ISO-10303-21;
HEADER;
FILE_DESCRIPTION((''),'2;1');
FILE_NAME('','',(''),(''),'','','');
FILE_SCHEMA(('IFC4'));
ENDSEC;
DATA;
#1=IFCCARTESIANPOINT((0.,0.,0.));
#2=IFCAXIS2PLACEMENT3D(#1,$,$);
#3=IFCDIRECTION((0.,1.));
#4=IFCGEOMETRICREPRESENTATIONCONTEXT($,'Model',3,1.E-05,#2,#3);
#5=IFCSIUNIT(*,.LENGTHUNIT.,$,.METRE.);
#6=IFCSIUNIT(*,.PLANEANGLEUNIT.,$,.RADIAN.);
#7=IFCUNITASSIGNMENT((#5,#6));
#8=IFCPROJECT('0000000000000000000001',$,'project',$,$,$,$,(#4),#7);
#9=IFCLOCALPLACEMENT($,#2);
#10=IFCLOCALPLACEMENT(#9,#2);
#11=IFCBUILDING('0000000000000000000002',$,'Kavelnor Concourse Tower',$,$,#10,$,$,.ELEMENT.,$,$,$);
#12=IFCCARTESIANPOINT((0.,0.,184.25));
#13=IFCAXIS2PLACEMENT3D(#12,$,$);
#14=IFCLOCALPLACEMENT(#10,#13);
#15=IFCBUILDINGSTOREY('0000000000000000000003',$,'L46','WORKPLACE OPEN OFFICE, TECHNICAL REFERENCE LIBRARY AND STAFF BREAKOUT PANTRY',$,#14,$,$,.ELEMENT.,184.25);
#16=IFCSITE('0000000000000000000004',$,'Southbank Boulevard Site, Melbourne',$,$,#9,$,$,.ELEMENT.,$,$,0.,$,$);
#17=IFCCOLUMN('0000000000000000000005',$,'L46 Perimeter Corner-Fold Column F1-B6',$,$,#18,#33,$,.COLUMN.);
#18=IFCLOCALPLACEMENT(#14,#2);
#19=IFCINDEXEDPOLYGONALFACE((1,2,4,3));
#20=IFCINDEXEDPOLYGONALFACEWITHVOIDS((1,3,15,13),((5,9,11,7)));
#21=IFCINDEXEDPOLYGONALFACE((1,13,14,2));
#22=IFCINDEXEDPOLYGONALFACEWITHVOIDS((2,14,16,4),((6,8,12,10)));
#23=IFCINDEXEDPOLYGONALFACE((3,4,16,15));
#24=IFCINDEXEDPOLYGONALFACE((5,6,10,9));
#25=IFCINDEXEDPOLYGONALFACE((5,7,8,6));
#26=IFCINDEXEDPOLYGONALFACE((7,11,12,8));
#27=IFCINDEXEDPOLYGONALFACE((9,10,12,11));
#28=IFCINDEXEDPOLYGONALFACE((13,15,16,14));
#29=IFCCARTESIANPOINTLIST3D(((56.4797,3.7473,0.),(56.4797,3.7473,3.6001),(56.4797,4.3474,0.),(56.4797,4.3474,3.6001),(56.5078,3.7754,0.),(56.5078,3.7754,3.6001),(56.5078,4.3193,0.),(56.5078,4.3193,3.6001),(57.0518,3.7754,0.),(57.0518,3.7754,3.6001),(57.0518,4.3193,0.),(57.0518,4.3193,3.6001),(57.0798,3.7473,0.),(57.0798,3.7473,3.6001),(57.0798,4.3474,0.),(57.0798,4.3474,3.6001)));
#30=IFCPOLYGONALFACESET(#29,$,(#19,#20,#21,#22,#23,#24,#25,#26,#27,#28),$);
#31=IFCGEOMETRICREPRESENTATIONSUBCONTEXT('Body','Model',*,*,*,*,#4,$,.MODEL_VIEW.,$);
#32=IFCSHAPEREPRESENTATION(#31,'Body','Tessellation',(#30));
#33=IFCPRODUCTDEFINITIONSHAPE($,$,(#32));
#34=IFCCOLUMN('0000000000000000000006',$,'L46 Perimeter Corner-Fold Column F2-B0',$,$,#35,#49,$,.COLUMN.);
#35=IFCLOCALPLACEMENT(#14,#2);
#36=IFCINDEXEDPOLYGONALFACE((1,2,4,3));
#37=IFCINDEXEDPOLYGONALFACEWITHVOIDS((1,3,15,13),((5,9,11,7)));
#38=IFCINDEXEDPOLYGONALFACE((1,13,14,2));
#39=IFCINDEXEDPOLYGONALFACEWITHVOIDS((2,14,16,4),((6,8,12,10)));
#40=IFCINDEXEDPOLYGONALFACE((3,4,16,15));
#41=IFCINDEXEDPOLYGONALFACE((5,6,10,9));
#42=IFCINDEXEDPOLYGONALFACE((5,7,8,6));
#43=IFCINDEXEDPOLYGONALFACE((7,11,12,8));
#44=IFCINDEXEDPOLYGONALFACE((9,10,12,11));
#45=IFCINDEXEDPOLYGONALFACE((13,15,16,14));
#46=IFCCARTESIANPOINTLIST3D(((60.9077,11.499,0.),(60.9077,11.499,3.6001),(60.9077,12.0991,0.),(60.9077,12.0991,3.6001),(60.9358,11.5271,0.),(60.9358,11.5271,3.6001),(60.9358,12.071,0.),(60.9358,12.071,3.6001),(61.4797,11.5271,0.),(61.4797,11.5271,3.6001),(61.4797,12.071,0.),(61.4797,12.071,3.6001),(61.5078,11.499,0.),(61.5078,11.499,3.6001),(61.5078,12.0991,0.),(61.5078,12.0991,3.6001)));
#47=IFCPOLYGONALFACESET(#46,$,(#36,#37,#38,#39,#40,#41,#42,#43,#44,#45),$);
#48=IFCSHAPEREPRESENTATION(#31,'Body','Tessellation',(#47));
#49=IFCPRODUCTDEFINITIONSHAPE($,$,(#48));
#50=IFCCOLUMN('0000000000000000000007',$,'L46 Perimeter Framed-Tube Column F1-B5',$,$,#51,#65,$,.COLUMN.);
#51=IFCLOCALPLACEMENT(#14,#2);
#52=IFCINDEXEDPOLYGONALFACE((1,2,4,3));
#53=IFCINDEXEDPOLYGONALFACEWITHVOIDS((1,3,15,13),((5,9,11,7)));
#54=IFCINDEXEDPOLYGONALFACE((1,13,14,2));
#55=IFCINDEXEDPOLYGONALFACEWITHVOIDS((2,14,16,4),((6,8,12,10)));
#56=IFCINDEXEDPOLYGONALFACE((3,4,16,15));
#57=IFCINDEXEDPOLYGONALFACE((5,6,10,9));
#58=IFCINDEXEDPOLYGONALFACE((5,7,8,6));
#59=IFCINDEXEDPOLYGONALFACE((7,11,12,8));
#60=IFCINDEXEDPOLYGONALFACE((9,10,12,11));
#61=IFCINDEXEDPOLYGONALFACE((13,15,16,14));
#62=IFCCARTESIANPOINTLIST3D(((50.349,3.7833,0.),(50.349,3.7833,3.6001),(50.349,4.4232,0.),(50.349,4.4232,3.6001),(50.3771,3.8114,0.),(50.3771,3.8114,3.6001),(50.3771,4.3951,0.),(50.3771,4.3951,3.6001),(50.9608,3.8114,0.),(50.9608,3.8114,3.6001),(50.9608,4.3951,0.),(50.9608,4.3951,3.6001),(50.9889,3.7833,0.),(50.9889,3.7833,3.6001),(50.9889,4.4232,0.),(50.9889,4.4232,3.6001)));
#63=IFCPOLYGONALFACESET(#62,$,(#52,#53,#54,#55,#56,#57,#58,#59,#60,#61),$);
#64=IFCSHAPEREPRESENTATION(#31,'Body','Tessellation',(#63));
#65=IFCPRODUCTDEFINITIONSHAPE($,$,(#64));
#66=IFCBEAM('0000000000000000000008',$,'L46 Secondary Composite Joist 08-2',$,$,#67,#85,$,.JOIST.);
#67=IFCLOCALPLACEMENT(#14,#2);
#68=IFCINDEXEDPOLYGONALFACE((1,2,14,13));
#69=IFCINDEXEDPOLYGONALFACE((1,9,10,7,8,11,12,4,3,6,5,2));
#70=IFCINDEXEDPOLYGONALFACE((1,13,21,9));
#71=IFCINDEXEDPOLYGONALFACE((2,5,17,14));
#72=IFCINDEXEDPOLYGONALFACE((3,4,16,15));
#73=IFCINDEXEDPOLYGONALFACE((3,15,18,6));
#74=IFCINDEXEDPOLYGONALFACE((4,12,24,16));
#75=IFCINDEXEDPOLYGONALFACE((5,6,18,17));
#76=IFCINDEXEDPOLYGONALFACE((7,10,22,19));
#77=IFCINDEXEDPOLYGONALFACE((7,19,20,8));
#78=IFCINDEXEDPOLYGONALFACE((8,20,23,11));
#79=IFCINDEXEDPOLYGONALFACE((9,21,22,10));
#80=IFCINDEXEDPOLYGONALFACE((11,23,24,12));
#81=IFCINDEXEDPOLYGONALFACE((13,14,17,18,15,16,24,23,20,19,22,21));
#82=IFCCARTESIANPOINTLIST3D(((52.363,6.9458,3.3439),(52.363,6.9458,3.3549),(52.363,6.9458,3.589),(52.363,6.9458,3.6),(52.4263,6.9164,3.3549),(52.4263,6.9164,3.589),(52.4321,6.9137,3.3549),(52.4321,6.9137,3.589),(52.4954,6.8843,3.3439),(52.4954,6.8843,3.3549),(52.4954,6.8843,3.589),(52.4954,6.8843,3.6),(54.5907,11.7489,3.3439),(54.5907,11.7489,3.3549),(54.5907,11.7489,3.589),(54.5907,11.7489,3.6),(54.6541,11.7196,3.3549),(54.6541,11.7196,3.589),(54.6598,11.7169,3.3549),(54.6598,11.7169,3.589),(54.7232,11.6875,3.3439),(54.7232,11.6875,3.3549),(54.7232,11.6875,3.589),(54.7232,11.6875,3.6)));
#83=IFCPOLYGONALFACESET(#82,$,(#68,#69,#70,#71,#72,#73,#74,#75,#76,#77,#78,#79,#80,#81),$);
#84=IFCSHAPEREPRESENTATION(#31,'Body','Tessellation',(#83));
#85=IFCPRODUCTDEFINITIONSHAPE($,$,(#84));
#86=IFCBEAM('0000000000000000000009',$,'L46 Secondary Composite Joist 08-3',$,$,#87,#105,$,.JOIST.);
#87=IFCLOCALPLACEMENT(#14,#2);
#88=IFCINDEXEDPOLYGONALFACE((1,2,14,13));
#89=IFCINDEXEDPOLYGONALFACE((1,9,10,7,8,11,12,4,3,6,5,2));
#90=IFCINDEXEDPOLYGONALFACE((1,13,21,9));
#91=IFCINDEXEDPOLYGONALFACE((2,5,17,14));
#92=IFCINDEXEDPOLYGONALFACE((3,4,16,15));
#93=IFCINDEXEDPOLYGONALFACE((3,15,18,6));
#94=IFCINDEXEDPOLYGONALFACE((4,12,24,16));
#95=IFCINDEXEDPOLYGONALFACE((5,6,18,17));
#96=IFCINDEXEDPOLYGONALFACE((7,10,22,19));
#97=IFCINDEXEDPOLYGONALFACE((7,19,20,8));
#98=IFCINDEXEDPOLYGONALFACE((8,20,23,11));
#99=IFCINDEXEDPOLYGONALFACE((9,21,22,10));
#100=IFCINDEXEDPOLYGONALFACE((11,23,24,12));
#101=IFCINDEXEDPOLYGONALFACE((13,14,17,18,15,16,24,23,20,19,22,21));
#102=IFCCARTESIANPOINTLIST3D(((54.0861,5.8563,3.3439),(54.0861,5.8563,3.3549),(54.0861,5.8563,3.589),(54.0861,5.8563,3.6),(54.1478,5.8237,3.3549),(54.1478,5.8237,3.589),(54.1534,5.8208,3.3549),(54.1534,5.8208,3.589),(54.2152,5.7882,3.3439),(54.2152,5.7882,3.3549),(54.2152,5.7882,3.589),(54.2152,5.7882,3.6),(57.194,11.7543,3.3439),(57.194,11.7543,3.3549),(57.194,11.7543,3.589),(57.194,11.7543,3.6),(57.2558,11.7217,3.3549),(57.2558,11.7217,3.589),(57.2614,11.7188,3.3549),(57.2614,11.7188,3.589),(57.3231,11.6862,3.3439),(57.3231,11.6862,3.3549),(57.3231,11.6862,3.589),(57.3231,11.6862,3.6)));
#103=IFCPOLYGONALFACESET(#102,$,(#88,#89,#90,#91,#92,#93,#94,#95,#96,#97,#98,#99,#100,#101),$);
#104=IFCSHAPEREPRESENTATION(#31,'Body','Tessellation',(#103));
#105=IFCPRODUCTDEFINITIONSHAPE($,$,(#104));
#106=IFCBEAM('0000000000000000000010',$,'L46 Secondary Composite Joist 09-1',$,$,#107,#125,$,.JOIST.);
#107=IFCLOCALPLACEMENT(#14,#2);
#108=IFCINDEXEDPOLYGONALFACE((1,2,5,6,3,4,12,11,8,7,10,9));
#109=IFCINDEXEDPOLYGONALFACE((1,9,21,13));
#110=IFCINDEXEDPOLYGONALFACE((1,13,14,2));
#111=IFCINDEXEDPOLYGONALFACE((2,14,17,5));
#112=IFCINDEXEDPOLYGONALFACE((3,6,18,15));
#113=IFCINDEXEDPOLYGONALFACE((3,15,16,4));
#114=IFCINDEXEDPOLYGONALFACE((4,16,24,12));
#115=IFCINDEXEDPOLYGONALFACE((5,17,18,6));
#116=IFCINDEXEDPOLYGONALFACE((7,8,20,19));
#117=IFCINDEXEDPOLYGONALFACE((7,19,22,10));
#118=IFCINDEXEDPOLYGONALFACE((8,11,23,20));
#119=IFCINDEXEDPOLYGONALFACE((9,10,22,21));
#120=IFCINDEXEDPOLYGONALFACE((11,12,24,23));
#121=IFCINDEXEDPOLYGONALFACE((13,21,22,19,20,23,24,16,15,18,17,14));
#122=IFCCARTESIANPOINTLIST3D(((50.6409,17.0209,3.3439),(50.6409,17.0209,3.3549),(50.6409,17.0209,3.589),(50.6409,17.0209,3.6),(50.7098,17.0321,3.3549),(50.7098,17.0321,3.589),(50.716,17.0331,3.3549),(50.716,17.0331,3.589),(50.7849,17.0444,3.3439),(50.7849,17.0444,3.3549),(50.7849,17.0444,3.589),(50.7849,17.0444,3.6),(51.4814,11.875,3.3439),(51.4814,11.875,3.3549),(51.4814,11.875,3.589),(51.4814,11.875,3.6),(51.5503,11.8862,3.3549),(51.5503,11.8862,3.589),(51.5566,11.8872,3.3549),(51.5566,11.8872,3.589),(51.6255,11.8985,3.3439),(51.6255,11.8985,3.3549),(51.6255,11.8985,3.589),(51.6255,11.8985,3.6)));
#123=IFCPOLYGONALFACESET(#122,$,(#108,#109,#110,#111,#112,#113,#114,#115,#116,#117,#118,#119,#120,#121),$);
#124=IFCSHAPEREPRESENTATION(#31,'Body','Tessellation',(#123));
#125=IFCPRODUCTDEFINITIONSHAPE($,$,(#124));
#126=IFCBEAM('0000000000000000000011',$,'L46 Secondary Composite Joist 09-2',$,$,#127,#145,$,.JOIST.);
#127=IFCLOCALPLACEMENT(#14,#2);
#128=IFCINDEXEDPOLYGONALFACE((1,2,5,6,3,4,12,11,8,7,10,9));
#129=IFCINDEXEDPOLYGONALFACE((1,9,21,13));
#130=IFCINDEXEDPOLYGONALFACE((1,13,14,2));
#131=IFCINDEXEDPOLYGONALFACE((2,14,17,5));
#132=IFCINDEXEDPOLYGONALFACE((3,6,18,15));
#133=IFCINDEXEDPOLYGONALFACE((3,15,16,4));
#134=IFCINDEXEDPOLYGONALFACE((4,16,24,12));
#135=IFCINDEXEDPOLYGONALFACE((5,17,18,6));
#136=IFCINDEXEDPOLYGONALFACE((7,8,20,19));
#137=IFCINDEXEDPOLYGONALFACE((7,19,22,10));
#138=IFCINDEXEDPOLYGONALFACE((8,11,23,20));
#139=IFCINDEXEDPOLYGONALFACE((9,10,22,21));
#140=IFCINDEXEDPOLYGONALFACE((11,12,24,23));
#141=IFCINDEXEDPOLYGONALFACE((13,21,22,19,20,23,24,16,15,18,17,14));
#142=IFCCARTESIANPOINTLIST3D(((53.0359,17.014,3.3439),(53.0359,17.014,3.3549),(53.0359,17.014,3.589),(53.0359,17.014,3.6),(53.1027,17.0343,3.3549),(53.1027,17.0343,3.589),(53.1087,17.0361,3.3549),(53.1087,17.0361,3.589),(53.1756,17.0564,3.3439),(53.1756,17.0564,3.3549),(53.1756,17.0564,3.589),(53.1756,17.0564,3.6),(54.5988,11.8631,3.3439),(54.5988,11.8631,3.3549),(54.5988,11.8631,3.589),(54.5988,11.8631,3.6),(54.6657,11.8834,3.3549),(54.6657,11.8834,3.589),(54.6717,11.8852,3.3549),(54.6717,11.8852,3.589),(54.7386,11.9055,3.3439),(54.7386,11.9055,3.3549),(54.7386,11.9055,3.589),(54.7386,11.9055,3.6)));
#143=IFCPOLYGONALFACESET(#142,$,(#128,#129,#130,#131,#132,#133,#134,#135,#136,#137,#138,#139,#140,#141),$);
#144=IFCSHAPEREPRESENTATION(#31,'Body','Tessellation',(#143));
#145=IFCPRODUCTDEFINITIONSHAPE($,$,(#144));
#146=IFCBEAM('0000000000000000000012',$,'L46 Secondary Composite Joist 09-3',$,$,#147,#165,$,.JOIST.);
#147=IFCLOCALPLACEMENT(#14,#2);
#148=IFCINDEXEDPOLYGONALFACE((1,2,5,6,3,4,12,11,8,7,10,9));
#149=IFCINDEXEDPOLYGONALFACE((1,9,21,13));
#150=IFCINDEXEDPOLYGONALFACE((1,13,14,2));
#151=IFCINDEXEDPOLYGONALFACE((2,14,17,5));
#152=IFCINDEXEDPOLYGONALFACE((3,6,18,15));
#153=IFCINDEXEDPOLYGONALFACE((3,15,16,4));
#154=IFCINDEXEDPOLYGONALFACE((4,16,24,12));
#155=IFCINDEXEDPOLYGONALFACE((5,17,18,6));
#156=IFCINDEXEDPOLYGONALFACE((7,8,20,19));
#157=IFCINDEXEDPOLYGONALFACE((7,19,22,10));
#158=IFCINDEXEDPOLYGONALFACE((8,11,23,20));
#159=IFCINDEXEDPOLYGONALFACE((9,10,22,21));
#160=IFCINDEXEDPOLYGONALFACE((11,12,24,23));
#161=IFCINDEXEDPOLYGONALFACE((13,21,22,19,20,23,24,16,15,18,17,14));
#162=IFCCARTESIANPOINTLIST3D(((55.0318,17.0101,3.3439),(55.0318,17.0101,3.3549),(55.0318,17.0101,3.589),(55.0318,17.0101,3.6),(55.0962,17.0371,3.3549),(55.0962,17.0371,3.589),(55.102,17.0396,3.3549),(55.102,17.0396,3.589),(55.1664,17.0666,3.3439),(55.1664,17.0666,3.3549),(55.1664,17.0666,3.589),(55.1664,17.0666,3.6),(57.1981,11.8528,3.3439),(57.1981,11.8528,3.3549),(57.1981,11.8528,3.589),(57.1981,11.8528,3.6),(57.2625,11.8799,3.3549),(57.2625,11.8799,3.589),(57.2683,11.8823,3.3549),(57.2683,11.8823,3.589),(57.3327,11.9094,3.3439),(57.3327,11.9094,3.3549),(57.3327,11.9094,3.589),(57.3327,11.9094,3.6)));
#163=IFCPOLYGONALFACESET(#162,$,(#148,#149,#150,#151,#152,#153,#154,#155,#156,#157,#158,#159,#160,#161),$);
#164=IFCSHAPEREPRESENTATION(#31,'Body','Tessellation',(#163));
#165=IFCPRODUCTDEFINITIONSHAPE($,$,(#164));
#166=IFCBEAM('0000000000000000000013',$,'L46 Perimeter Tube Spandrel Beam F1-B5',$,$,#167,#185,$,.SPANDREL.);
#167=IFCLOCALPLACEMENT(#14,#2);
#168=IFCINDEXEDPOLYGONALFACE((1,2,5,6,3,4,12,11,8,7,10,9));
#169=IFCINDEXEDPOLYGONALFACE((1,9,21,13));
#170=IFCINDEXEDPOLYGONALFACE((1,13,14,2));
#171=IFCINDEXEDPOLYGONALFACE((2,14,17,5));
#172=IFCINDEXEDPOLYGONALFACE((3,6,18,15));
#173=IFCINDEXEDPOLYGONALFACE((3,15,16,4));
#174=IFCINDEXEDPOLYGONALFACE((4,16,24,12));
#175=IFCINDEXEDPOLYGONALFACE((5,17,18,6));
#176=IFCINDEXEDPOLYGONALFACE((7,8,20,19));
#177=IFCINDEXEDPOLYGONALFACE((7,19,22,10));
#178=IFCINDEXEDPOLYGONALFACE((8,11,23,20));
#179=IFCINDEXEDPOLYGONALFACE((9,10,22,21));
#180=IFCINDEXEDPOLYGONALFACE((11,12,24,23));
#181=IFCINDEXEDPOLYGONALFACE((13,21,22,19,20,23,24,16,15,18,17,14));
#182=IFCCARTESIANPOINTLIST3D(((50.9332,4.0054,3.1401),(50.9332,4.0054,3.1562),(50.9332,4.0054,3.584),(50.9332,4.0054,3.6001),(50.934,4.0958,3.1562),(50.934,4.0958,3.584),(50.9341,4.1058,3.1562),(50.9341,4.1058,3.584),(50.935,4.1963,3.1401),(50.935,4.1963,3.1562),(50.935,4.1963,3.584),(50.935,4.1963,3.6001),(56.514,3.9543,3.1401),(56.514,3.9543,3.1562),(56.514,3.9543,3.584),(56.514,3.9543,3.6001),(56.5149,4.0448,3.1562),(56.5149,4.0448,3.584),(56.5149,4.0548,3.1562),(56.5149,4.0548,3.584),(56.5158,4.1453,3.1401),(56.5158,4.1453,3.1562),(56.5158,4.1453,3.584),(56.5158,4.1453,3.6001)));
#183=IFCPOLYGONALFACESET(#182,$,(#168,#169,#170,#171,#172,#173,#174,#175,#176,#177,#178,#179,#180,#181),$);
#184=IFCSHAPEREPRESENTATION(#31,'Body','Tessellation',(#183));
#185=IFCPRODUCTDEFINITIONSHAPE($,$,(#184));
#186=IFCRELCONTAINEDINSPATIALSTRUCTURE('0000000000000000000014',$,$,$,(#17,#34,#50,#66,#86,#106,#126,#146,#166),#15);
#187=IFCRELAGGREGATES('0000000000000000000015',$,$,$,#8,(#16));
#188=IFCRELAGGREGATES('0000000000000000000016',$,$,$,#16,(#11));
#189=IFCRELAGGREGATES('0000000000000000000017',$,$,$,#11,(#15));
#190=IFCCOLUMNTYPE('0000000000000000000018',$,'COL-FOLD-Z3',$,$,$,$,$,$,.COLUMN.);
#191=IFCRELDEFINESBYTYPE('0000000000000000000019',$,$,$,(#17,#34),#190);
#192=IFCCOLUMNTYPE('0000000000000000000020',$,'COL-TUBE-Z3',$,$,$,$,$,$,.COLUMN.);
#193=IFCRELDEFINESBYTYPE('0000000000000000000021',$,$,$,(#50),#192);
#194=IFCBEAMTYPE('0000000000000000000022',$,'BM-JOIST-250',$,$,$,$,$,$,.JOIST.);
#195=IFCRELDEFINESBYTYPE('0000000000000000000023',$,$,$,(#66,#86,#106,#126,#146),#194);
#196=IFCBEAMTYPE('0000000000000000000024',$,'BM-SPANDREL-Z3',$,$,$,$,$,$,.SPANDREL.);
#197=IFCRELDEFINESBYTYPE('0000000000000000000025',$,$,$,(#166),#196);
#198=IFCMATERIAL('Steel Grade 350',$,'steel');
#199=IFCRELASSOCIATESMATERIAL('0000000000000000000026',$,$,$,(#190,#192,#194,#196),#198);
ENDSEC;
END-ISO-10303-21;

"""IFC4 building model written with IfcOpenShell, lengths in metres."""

from ifc_helpers import new_model, si_unit, direction, frame, origin, origin_2d, place, context, subcontext, project, spatial, hollow_rectangle, i_section, extrude, material, material_profile, profile_set, type_object, element, save


model = new_model("IFC4")

# Units and contexts
model_context = context("Model", 3, precision=1e-05, world=origin(), true_north=direction((0.0, 1.0)))
body_context = subcontext(model_context, "Body", "Model", "MODEL_VIEW")
ifc_project = project(units=[si_unit("LENGTHUNIT", "METRE"), si_unit("PLANEANGLEUNIT", "RADIAN")], contexts=[model_context])

# Site, building, storey
site_placement = place(None, origin())
site = spatial("IfcSite", under=ifc_project, at=site_placement, Name="Southbank Boulevard Site, Melbourne", CompositionType="ELEMENT", RefElevation=0.0)
building_placement = place(site_placement, origin())
building = spatial("IfcBuilding", under=site, at=building_placement, Name="Kavelnor Concourse Tower", CompositionType="ELEMENT")
storey_placement = place(building_placement, frame((0.0, 0.0, 184.25)))
storey = spatial("IfcBuildingStorey", under=building, at=storey_placement, Name="L46", Description="WORKPLACE OPEN OFFICE, TECHNICAL REFERENCE LIBRARY AND STAFF BREAKOUT PANTRY", CompositionType="ELEMENT", Elevation=184.25)

# Columns
ifc_material_1 = material(Name="Steel Grade 350", Category="steel")
ifc_material_profile_1 = material_profile(ifc_material_1, hollow_rectangle(XDim=0.6001, YDim=0.6001, WallThickness=0.0281, at=origin_2d()), Name="SHS 600x600x28")
ifc_profile_set_1 = profile_set([ifc_material_profile_1], Name="Steel Grade 350")
column_type_1 = type_object("IfcColumnType", Name="COL-FOLD-Z3", PredefinedType="COLUMN", material=ifc_profile_set_1)
for number, where, z_axis, x_axis, name in (
    (1, (56.7798, 4.0474, 0.0), (0.0, 0.0, 1.0), (1.0, 0.0, 0.0), "L46 Perimeter Corner-Fold Column F1-B6"),
    (2, (61.2078, 11.7991, 0.0), (0.0, 0.0, 1.0), (1.0, 0.0, 0.0), "L46 Perimeter Corner-Fold Column F2-B0"),
):
    element("IfcColumn", number, at=place(storey_placement, frame(where, z_axis=z_axis, x_axis=x_axis)), inside=storey, type_object=column_type_1, Name=name, PredefinedType="COLUMN", context=body_context, shape_type="SweptSolid", body=[
        extrude(hollow_rectangle(XDim=0.6001, YDim=0.6001, WallThickness=0.0281, at=origin_2d()), origin(), (0.0, 0.0, 1.0), 3.6001),
    ])
ifc_material_profile_2 = material_profile(ifc_material_1, hollow_rectangle(XDim=0.6399, YDim=0.6399, WallThickness=0.0281, at=origin_2d()), Name="SHS 640x640x28")
ifc_profile_set_2 = profile_set([ifc_material_profile_2], Name="Steel Grade 350")
column_type_2 = type_object("IfcColumnType", Name="COL-TUBE-Z3", PredefinedType="COLUMN", material=ifc_profile_set_2)
column_placement = place(storey_placement, frame((50.6689, 4.1033, 0.0), z_axis=(0.0, 0.0, 1.0), x_axis=(1.0, 0.0, 0.0)))
element("IfcColumn", 3, at=column_placement, inside=storey, type_object=column_type_2, Name="L46 Perimeter Framed-Tube Column F1-B5", PredefinedType="COLUMN", context=body_context, shape_type="SweptSolid", body=[
    extrude(hollow_rectangle(XDim=0.6399, YDim=0.6399, WallThickness=0.0281, at=origin_2d()), origin(), (0.0, 0.0, 1.0), 3.6001),
])

# Beams
ifc_material_profile_3 = material_profile(ifc_material_1, i_section(OverallWidth=0.146, OverallDepth=0.2561, WebThickness=0.0063, FlangeThickness=0.011, at=origin_2d()), Name="250UB37")
ifc_profile_set_3 = profile_set([ifc_material_profile_3], Name="Steel Grade 350")
beam_type_1 = type_object("IfcBeamType", Name="BM-JOIST-250", PredefinedType="JOIST", material=ifc_profile_set_3)
beam_1_placement = place(storey_placement, frame((52.4292, 6.915, 3.4719), z_axis=(0.420756, 0.907174, 0.0), x_axis=(-0.907174, 0.420756, 0.0)))
element("IfcBeam", 4, at=beam_1_placement, inside=storey, type_object=beam_type_1, Name="L46 Secondary Composite Joist 08-2", PredefinedType="JOIST", context=body_context, shape_type="SweptSolid", body=[
    extrude(i_section(OverallWidth=0.146, OverallDepth=0.2561, WebThickness=0.0063, FlangeThickness=0.011, at=origin_2d()), origin(), (0.0, 0.0, 1.0), 5.2947),
])
beam_2_placement = place(storey_placement, frame((54.1506, 5.8223, 3.4719), z_axis=(0.466184, 0.884688, 0.0), x_axis=(-0.884688, 0.466184, 0.0)))
element("IfcBeam", 5, at=beam_2_placement, inside=storey, type_object=beam_type_1, Name="L46 Secondary Composite Joist 08-3", PredefinedType="JOIST", context=body_context, shape_type="SweptSolid", body=[
    extrude(i_section(OverallWidth=0.146, OverallDepth=0.2561, WebThickness=0.0063, FlangeThickness=0.011, at=origin_2d()), origin(), (0.0, 0.0, 1.0), 6.6667),
])
beam_3_placement = place(storey_placement, frame((51.5535, 11.8867, 3.4719), z_axis=(-0.161209, 0.98692, 0.0), x_axis=(-0.98692, -0.161209, 0.0)))
element("IfcBeam", 6, at=beam_3_placement, inside=storey, type_object=beam_type_1, Name="L46 Secondary Composite Joist 09-1", PredefinedType="JOIST", context=body_context, shape_type="SweptSolid", body=[
    extrude(i_section(OverallWidth=0.146, OverallDepth=0.2561, WebThickness=0.0063, FlangeThickness=0.011, at=origin_2d()), origin(), (0.0, 0.0, 1.0), 5.2141),
])
beam_4_placement = place(storey_placement, frame((54.6687, 11.8843, 3.4719), z_axis=(-0.290367, 0.956915, 0.0), x_axis=(-0.956915, -0.290367, 0.0)))
element("IfcBeam", 7, at=beam_4_placement, inside=storey, type_object=beam_type_1, Name="L46 Secondary Composite Joist 09-2", PredefinedType="JOIST", context=body_context, shape_type="SweptSolid", body=[
    extrude(i_section(OverallWidth=0.146, OverallDepth=0.2561, WebThickness=0.0063, FlangeThickness=0.011, at=origin_2d()), origin(), (0.0, 0.0, 1.0), 5.3828),
])
beam_5_placement = place(storey_placement, frame((57.2654, 11.8811, 3.4719), z_axis=(-0.387267, 0.921968, 0.0), x_axis=(-0.921968, -0.387267, 0.0)))
element("IfcBeam", 8, at=beam_5_placement, inside=storey, type_object=beam_type_1, Name="L46 Secondary Composite Joist 09-3", PredefinedType="JOIST", context=body_context, shape_type="SweptSolid", body=[
    extrude(i_section(OverallWidth=0.146, OverallDepth=0.2561, WebThickness=0.0063, FlangeThickness=0.011, at=origin_2d()), origin(), (0.0, 0.0, 1.0), 5.5938),
])
ifc_material_profile_4 = material_profile(ifc_material_1, i_section(OverallWidth=0.1909, OverallDepth=0.46, WebThickness=0.01, FlangeThickness=0.0161, at=origin_2d()), Name="460UB82")
ifc_profile_set_4 = profile_set([ifc_material_profile_4], Name="Steel Grade 350")
beam_type_2 = type_object("IfcBeamType", Name="BM-SPANDREL-Z3", PredefinedType="SPANDREL", material=ifc_profile_set_4)
beam_6_placement = place(storey_placement, frame((50.9341, 4.1008, 3.3701), z_axis=(0.999958, -0.009143, 0.0), x_axis=(0.009143, 0.999958, 0.0)))
element("IfcBeam", 9, at=beam_6_placement, inside=storey, type_object=beam_type_2, Name="L46 Perimeter Tube Spandrel Beam F1-B5", PredefinedType="SPANDREL", context=body_context, shape_type="SweptSolid", body=[
    extrude(i_section(OverallWidth=0.1909, OverallDepth=0.46, WebThickness=0.01, FlangeThickness=0.0161, at=origin_2d()), origin(), (0.0, 0.0, 1.0), 5.5811),
])

save(model, "model.ifc")
